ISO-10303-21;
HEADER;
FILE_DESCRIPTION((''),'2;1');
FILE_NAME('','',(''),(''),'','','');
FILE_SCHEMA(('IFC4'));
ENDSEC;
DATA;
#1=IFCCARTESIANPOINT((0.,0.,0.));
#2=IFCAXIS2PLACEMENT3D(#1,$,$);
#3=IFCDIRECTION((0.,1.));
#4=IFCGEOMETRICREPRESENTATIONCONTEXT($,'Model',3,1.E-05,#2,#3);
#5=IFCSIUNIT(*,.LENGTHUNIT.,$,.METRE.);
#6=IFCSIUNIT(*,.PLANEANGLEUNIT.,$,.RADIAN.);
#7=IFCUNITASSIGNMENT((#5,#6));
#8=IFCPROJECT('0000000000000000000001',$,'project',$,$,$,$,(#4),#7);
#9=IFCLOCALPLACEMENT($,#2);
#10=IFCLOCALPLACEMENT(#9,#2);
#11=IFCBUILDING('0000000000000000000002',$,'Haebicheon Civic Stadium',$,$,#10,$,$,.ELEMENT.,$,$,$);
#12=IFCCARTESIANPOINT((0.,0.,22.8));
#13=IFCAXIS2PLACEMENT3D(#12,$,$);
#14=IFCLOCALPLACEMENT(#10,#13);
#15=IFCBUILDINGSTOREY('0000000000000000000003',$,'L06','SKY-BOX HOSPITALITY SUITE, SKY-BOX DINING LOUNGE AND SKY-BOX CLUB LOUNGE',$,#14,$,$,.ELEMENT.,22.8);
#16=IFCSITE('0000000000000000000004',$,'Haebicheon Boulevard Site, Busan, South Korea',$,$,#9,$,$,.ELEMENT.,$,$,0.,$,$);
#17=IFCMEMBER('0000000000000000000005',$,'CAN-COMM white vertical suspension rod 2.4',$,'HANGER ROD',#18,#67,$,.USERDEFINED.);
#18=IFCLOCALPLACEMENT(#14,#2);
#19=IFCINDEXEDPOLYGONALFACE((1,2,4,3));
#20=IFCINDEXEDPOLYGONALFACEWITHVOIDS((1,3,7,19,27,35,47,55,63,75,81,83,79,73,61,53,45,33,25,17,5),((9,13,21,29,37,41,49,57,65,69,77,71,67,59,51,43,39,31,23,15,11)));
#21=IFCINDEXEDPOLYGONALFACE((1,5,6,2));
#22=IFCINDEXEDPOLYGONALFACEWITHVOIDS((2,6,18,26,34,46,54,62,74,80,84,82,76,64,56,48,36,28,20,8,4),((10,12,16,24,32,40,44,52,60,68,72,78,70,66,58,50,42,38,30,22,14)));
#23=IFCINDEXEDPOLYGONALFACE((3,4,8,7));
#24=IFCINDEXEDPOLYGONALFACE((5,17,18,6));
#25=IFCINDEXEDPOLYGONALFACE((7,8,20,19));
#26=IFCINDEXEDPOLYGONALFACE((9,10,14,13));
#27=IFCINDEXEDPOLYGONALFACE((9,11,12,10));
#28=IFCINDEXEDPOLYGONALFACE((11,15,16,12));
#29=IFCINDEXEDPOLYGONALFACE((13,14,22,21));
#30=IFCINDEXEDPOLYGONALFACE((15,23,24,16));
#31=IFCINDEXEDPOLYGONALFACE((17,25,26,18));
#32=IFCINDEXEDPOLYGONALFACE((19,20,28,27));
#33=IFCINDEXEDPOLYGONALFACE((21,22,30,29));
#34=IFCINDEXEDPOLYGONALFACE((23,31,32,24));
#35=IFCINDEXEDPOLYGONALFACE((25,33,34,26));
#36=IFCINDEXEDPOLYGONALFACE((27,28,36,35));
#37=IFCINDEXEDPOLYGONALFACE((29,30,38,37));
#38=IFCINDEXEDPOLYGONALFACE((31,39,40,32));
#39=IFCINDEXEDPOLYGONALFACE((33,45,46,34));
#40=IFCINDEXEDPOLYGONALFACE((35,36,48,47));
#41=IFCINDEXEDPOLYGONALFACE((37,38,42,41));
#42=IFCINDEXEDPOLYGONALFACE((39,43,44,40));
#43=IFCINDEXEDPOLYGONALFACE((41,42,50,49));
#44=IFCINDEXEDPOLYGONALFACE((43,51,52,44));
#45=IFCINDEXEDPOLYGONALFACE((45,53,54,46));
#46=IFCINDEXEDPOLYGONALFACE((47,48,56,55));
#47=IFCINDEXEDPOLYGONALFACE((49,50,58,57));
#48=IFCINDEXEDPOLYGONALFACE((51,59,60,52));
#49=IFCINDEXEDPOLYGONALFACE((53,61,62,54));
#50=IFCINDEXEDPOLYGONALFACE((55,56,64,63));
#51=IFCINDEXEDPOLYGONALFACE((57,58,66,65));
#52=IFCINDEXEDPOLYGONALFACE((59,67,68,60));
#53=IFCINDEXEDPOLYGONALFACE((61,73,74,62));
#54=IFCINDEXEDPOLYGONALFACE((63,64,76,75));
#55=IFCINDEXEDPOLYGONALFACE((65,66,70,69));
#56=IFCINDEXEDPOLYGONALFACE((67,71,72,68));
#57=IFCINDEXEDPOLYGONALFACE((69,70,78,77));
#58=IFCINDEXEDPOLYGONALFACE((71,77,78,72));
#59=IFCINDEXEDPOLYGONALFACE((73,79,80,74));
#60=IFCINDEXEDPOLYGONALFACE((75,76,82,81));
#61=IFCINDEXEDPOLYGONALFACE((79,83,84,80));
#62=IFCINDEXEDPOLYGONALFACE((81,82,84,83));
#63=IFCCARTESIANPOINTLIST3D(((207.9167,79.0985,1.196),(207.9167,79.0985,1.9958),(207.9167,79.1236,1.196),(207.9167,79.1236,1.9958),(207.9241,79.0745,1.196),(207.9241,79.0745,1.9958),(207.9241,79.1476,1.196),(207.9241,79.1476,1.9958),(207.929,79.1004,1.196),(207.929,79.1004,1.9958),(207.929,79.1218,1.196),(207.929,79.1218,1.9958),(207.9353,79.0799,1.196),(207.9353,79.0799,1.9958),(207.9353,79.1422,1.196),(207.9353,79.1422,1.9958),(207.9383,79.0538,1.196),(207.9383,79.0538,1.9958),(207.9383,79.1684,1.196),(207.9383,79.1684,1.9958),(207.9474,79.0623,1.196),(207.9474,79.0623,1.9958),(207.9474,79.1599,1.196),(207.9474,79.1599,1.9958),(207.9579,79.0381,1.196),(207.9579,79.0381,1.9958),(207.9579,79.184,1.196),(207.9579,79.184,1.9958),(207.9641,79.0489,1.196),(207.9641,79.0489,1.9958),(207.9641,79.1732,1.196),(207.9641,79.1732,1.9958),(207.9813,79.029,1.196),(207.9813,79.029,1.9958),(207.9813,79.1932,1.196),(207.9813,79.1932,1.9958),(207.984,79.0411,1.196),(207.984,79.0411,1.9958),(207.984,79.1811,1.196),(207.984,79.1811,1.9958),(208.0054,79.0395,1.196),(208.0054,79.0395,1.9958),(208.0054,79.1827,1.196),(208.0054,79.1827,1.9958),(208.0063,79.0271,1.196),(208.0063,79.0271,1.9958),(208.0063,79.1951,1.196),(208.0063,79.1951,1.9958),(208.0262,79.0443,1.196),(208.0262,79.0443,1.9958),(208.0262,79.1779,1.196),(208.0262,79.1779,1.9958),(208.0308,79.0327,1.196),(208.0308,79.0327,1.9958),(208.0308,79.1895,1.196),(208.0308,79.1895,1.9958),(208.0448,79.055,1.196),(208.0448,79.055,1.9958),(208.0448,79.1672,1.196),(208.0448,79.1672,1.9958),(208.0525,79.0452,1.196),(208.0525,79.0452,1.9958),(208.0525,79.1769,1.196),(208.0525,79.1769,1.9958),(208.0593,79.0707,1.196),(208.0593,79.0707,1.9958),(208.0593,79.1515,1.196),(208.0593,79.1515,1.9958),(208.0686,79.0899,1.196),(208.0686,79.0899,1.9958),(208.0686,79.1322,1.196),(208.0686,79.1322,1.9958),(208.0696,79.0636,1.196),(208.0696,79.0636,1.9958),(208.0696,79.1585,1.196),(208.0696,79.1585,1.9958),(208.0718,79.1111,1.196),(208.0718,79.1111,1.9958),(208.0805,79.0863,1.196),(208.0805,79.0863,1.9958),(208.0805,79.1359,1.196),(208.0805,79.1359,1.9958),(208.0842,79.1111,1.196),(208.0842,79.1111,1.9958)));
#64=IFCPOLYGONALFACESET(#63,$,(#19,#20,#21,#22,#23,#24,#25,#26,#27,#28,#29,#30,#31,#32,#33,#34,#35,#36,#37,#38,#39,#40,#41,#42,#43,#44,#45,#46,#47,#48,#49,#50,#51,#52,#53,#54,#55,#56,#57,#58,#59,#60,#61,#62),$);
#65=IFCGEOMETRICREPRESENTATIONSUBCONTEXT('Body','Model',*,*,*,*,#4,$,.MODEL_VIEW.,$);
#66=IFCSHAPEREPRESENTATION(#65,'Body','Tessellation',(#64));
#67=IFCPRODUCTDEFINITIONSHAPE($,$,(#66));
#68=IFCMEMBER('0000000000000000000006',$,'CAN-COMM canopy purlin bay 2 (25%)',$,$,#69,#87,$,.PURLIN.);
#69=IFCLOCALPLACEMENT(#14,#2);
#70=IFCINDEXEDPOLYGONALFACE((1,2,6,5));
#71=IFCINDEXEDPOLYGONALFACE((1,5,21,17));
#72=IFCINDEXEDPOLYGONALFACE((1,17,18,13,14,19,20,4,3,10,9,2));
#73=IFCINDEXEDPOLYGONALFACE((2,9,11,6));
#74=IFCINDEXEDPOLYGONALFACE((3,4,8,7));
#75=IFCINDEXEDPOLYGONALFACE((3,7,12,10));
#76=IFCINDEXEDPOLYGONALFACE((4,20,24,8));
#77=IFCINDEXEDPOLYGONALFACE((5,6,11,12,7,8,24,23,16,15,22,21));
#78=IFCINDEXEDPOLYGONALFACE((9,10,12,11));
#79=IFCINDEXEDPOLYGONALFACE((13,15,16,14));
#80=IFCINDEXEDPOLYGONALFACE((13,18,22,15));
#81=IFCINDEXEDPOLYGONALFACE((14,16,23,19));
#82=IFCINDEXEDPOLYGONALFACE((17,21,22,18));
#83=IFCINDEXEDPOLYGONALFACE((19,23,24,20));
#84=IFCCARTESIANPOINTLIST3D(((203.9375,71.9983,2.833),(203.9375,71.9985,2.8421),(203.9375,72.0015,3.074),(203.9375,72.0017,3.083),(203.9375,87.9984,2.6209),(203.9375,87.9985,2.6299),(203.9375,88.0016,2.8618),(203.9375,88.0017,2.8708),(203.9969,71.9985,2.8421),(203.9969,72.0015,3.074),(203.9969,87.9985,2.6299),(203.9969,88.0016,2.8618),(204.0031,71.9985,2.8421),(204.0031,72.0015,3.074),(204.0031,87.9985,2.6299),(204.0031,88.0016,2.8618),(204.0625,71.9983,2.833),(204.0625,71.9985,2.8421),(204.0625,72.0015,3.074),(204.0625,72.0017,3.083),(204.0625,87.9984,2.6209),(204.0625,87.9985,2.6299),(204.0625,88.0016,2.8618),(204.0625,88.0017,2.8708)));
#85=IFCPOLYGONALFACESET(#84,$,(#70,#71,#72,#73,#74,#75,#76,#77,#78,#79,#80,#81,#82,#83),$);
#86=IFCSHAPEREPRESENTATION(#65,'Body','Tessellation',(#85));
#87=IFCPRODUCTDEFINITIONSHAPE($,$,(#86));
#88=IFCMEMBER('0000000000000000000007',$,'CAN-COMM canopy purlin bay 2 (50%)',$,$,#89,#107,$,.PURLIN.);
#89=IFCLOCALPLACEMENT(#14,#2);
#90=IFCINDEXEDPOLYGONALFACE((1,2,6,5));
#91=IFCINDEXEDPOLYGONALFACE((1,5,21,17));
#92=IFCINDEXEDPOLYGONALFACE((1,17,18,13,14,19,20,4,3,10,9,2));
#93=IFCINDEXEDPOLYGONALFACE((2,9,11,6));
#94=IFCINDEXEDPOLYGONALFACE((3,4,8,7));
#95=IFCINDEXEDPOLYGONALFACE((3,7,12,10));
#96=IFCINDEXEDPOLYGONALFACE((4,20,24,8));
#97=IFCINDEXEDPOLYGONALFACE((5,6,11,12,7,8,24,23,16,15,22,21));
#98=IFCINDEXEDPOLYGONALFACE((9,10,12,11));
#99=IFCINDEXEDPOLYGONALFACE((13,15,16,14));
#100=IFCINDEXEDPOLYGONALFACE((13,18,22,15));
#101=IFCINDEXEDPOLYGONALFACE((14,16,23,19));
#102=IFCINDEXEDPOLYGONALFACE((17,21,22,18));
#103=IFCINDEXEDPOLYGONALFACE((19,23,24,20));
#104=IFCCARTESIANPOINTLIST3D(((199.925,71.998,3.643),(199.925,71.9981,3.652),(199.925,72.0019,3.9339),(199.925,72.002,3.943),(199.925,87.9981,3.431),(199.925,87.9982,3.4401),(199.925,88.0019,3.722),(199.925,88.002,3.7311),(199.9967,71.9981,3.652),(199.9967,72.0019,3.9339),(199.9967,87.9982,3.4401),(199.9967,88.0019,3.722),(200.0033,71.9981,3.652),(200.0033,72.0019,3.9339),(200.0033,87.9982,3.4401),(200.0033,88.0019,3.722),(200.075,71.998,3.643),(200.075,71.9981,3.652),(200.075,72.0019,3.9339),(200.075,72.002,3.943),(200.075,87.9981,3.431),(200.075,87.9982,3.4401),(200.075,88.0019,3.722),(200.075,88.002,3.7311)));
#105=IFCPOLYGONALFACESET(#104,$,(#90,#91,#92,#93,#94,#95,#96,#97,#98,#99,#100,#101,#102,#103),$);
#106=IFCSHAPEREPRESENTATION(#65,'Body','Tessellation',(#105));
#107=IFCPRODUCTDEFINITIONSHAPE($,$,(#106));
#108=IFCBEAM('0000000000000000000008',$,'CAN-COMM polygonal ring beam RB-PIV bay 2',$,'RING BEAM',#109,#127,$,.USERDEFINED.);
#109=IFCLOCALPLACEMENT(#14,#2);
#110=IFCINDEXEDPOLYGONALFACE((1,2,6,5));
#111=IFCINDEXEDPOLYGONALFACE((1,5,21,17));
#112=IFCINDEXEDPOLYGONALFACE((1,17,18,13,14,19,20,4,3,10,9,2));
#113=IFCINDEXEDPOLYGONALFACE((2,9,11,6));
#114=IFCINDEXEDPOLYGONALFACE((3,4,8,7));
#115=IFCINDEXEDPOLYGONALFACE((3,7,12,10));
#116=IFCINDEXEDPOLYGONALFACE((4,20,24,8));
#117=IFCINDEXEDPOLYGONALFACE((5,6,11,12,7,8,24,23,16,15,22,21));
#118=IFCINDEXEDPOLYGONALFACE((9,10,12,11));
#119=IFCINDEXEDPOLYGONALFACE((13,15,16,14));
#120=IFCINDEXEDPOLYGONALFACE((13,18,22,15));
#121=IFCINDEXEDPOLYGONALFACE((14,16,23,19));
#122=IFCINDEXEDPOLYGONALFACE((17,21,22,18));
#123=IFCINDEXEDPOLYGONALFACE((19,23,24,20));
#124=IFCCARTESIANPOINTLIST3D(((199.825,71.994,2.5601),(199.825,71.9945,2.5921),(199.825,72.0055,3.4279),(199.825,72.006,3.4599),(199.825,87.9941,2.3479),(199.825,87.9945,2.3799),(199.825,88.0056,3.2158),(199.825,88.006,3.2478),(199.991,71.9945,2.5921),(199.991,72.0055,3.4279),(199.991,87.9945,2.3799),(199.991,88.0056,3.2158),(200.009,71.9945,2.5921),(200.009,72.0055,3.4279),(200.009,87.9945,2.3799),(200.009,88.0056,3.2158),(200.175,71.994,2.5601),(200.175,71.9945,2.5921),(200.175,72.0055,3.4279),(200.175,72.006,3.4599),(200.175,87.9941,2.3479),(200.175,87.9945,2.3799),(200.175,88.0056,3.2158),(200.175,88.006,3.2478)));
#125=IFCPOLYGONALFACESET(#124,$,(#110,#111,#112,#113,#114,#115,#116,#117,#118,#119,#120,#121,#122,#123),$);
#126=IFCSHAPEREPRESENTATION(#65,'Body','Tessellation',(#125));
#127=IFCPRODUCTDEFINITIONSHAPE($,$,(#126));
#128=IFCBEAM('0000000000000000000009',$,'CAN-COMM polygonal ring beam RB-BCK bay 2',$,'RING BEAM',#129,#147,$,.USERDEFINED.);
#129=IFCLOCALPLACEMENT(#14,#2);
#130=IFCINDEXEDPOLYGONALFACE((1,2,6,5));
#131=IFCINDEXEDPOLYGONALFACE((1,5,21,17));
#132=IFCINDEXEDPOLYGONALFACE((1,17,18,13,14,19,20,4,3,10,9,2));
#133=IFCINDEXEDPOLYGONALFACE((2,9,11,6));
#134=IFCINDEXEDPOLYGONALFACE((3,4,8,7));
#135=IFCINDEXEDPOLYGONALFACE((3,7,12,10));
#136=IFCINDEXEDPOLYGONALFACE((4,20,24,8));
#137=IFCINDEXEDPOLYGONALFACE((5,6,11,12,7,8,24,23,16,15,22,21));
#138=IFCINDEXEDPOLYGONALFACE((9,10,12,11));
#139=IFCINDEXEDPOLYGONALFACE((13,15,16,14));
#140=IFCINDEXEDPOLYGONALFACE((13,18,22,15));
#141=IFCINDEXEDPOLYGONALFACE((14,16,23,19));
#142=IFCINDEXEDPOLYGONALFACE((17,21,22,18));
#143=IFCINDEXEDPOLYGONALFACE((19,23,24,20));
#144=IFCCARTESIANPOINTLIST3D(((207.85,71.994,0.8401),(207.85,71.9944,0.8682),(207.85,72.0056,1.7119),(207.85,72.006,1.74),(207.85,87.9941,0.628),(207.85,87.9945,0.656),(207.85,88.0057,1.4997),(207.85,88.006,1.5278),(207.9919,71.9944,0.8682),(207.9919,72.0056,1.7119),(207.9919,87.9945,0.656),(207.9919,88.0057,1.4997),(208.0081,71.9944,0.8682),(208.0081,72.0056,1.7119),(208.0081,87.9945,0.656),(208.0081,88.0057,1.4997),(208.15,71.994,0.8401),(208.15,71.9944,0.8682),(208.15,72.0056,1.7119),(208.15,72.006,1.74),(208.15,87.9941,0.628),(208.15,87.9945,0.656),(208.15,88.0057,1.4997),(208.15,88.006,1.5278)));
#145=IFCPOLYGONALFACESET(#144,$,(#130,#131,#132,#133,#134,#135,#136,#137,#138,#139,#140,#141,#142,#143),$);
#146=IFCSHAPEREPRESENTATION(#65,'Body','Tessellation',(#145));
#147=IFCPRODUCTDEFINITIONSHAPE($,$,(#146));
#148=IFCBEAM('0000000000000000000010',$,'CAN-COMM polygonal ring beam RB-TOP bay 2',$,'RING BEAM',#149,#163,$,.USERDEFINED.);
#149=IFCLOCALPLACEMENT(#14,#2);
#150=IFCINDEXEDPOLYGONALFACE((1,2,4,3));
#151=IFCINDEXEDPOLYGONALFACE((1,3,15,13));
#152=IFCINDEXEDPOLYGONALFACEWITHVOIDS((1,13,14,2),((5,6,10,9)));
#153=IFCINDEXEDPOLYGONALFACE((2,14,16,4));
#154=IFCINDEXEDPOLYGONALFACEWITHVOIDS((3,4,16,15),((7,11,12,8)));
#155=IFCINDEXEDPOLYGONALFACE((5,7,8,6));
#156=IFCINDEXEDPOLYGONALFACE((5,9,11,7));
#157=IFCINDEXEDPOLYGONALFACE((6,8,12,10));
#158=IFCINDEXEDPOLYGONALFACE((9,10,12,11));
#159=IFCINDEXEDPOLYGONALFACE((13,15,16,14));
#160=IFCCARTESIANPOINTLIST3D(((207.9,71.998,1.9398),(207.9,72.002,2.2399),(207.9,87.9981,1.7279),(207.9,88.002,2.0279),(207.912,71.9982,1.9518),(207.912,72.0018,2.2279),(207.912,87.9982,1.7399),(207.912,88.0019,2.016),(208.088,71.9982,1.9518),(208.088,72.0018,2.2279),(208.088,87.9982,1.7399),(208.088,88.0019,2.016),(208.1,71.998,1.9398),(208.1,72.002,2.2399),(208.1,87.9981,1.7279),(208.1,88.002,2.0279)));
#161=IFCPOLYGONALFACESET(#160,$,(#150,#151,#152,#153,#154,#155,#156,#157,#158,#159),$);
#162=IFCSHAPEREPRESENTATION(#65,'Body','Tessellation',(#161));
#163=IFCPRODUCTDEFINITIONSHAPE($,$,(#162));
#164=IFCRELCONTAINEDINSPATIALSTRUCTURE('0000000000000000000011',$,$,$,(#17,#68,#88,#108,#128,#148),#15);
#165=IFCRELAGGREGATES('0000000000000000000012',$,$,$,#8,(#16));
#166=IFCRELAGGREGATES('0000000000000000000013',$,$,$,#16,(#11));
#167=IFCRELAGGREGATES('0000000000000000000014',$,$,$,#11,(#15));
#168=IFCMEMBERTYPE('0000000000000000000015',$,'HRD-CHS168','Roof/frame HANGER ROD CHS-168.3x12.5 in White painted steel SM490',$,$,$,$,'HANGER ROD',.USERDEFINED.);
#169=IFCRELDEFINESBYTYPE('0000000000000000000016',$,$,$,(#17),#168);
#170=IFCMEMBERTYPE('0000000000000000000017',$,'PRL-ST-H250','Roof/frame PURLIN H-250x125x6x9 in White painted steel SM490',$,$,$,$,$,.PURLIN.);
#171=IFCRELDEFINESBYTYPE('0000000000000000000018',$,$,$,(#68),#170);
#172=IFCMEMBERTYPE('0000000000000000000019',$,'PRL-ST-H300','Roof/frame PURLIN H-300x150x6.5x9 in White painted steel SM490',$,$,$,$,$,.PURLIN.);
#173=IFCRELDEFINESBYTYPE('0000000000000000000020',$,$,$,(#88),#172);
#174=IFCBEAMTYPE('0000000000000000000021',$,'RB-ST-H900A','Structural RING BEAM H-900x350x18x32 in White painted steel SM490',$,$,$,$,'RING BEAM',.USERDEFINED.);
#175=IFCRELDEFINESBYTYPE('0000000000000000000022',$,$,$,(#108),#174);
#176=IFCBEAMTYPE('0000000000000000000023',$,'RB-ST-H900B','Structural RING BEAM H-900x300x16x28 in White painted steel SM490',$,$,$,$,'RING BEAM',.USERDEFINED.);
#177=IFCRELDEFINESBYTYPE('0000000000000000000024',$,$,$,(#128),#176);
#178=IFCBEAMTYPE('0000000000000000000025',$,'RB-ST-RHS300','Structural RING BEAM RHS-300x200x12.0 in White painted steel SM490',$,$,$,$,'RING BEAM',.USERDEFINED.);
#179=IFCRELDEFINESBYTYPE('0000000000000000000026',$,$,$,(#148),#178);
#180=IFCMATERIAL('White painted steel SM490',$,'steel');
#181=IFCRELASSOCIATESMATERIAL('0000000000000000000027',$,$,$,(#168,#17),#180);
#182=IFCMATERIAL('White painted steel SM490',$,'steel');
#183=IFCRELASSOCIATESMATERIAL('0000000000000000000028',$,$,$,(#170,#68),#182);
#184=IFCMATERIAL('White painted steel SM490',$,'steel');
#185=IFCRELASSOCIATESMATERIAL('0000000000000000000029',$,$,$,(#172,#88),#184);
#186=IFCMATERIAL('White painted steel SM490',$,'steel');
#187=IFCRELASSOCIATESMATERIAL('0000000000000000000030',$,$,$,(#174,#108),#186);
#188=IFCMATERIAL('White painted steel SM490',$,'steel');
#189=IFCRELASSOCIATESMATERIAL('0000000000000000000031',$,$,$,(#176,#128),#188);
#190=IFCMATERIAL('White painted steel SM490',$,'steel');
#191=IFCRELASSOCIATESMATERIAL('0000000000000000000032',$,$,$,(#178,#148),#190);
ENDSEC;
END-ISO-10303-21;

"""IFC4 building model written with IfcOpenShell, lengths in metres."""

from ifc_helpers import new_model, si_unit, direction, frame, origin, origin_2d, place, context, subcontext, project, spatial, hollow_rectangle, hollow_circle, i_section, extrude, material, material_profile, profile_set, type_object, element, save


model = new_model("IFC4")

# Units and contexts
model_context = context("Model", 3, precision=1e-05, world=origin(), true_north=direction((0.0, 1.0)))
body_context = subcontext(model_context, "Body", "Model", "MODEL_VIEW")
ifc_project = project(units=[si_unit("LENGTHUNIT", "METRE"), si_unit("PLANEANGLEUNIT", "RADIAN")], contexts=[model_context])

# Site, building, storey
site_placement = place(None, origin())
site = spatial("IfcSite", under=ifc_project, at=site_placement, Name="Haebicheon Boulevard Site, Busan, South Korea", CompositionType="ELEMENT", RefElevation=0.0)
building_placement = place(site_placement, origin())
building = spatial("IfcBuilding", under=site, at=building_placement, Name="Haebicheon Civic Stadium", CompositionType="ELEMENT")
storey_placement = place(building_placement, frame((0.0, 0.0, 22.8)))
storey = spatial("IfcBuildingStorey", under=building, at=storey_placement, Name="L06", Description="SKY-BOX HOSPITALITY SUITE, SKY-BOX DINING LOUNGE AND SKY-BOX CLUB LOUNGE", CompositionType="ELEMENT", Elevation=22.8)

# Members
ifc_material_1 = material(Name="White painted steel SM490", Category="steel")
ifc_material_profile_1 = material_profile(ifc_material_1, hollow_circle(Radius=0.0842, WallThickness=0.0125, at=origin_2d()), Name="CHS-168.3x12.5")
ifc_profile_set_1 = profile_set([ifc_material_profile_1], Name="White painted steel SM490")
member_type_1 = type_object("IfcMemberType", Name="HRD-CHS168", Description="Roof/frame HANGER ROD CHS-168.3x12.5 in White painted steel SM490", ElementType="HANGER ROD", PredefinedType="USERDEFINED", material=ifc_profile_set_1)
member_1_placement = place(storey_placement, frame((208.0, 79.1111, 1.196), z_axis=(0.0, 0.0, 1.0), x_axis=(1.0, 0.0, 0.0)))
element("IfcMember", 1, at=member_1_placement, inside=storey, type_object=member_type_1, material=ifc_profile_set_1, Name="CAN-COMM white vertical suspension rod 2.4", ObjectType="HANGER ROD", PredefinedType="USERDEFINED", context=body_context, shape_type="SweptSolid", body=[
    extrude(hollow_circle(Radius=0.0842, WallThickness=0.0125, at=origin_2d()), origin(), (0.0, 0.0, 1.0), 0.7998),
])
ifc_material_2 = material(Name="White painted steel SM490", Category="steel")
ifc_material_profile_2 = material_profile(ifc_material_2, i_section(OverallWidth=0.125, OverallDepth=0.25, WebThickness=0.0061, FlangeThickness=0.009, at=origin_2d()), Name="H-250x125x6x9")
ifc_profile_set_2 = profile_set([ifc_material_profile_2], Name="White painted steel SM490")
member_type_2 = type_object("IfcMemberType", Name="PRL-ST-H250", Description="Roof/frame PURLIN H-250x125x6x9 in White painted steel SM490", PredefinedType="PURLIN", material=ifc_profile_set_2)
member_2_placement = place(storey_placement, frame((204.0, 72.0, 2.958), z_axis=(0.0, 0.999912, -0.013259), x_axis=(-1.0, 0.0, 0.0)))
element("IfcMember", 2, at=member_2_placement, inside=storey, type_object=member_type_2, material=ifc_profile_set_2, Name="CAN-COMM canopy purlin bay 2 (25%)", PredefinedType="PURLIN", context=body_context, shape_type="SweptSolid", body=[
    extrude(i_section(OverallWidth=0.125, OverallDepth=0.25, WebThickness=0.0061, FlangeThickness=0.009, at=origin_2d()), origin(), (0.0, 0.0, 1.0), 16.0015),
])
ifc_material_3 = material(Name="White painted steel SM490", Category="steel")
ifc_material_profile_3 = material_profile(ifc_material_3, i_section(OverallWidth=0.1499, OverallDepth=0.3, WebThickness=0.0066, FlangeThickness=0.009, at=origin_2d()), Name="H-300x150x6.5x9")
ifc_profile_set_3 = profile_set([ifc_material_profile_3], Name="White painted steel SM490")
member_type_3 = type_object("IfcMemberType", Name="PRL-ST-H300", Description="Roof/frame PURLIN H-300x150x6.5x9 in White painted steel SM490", PredefinedType="PURLIN", material=ifc_profile_set_3)
member_3_placement = place(storey_placement, frame((200.0, 72.0, 3.793), z_axis=(0.0, 0.999912, -0.013243), x_axis=(-1.0, 0.0, 0.0)))
element("IfcMember", 3, at=member_3_placement, inside=storey, type_object=member_type_3, material=ifc_profile_set_3, Name="CAN-COMM canopy purlin bay 2 (50%)", PredefinedType="PURLIN", context=body_context, shape_type="SweptSolid", body=[
    extrude(i_section(OverallWidth=0.1499, OverallDepth=0.3, WebThickness=0.0066, FlangeThickness=0.009, at=origin_2d()), origin(), (0.0, 0.0, 1.0), 16.0015),
])

# Beams
ifc_material_4 = material(Name="White painted steel SM490", Category="steel")
ifc_material_profile_4 = material_profile(ifc_material_4, i_section(OverallWidth=0.3501, OverallDepth=0.8999, WebThickness=0.0181, FlangeThickness=0.032, at=origin_2d()), Name="H-900x350x18x32")
ifc_profile_set_4 = profile_set([ifc_material_profile_4], Name="White painted steel SM490")
beam_type_1 = type_object("IfcBeamType", Name="RB-ST-H900A", Description="Structural RING BEAM H-900x350x18x32 in White painted steel SM490", ElementType="RING BEAM", PredefinedType="USERDEFINED", material=ifc_profile_set_4)
beam_1_placement = place(storey_placement, frame((200.0, 72.0, 3.01), z_axis=(0.0, 0.999912, -0.013259), x_axis=(-1.0, 0.0, 0.0)))
element("IfcBeam", 4, at=beam_1_placement, inside=storey, type_object=beam_type_1, material=ifc_profile_set_4, Name="CAN-COMM polygonal ring beam RB-PIV bay 2", ObjectType="RING BEAM", PredefinedType="USERDEFINED", context=body_context, shape_type="SweptSolid", body=[
    extrude(i_section(OverallWidth=0.3501, OverallDepth=0.8999, WebThickness=0.0181, FlangeThickness=0.032, at=origin_2d()), origin(), (0.0, 0.0, 1.0), 16.0015),
])
ifc_material_5 = material(Name="White painted steel SM490", Category="steel")
ifc_material_profile_5 = material_profile(ifc_material_5, i_section(OverallWidth=0.3, OverallDepth=0.8999, WebThickness=0.0161, FlangeThickness=0.0281, at=origin_2d()), Name="H-900x300x16x28")
ifc_profile_set_5 = profile_set([ifc_material_profile_5], Name="White painted steel SM490")
beam_type_2 = type_object("IfcBeamType", Name="RB-ST-H900B", Description="Structural RING BEAM H-900x300x16x28 in White painted steel SM490", ElementType="RING BEAM", PredefinedType="USERDEFINED", material=ifc_profile_set_5)
beam_2_placement = place(storey_placement, frame((208.0, 72.0, 1.29), z_axis=(0.0, 0.999912, -0.013259), x_axis=(-1.0, 0.0, 0.0)))
element("IfcBeam", 5, at=beam_2_placement, inside=storey, type_object=beam_type_2, material=ifc_profile_set_5, Name="CAN-COMM polygonal ring beam RB-BCK bay 2", ObjectType="RING BEAM", PredefinedType="USERDEFINED", context=body_context, shape_type="SweptSolid", body=[
    extrude(i_section(OverallWidth=0.3, OverallDepth=0.8999, WebThickness=0.0161, FlangeThickness=0.0281, at=origin_2d()), origin(), (0.0, 0.0, 1.0), 16.0015),
])
ifc_material_6 = material(Name="White painted steel SM490", Category="steel")
ifc_material_profile_6 = material_profile(ifc_material_6, hollow_rectangle(XDim=0.2, YDim=0.3, WallThickness=0.012, at=origin_2d()), Name="RHS-300x200x12.0")
ifc_profile_set_6 = profile_set([ifc_material_profile_6], Name="White painted steel SM490")
beam_type_3 = type_object("IfcBeamType", Name="RB-ST-RHS300", Description="Structural RING BEAM RHS-300x200x12.0 in White painted steel SM490", ElementType="RING BEAM", PredefinedType="USERDEFINED", material=ifc_profile_set_6)
beam_3_placement = place(storey_placement, frame((208.0, 72.0, 2.0898), z_axis=(0.0, 0.999912, -0.013243), x_axis=(-1.0, 0.0, 0.0)))
element("IfcBeam", 6, at=beam_3_placement, inside=storey, type_object=beam_type_3, material=ifc_profile_set_6, Name="CAN-COMM polygonal ring beam RB-TOP bay 2", ObjectType="RING BEAM", PredefinedType="USERDEFINED", context=body_context, shape_type="SweptSolid", body=[
    extrude(hollow_rectangle(XDim=0.2, YDim=0.3, WallThickness=0.012, at=origin_2d()), origin(), (0.0, 0.0, 1.0), 16.0015),
])

save(model, "model.ifc")
